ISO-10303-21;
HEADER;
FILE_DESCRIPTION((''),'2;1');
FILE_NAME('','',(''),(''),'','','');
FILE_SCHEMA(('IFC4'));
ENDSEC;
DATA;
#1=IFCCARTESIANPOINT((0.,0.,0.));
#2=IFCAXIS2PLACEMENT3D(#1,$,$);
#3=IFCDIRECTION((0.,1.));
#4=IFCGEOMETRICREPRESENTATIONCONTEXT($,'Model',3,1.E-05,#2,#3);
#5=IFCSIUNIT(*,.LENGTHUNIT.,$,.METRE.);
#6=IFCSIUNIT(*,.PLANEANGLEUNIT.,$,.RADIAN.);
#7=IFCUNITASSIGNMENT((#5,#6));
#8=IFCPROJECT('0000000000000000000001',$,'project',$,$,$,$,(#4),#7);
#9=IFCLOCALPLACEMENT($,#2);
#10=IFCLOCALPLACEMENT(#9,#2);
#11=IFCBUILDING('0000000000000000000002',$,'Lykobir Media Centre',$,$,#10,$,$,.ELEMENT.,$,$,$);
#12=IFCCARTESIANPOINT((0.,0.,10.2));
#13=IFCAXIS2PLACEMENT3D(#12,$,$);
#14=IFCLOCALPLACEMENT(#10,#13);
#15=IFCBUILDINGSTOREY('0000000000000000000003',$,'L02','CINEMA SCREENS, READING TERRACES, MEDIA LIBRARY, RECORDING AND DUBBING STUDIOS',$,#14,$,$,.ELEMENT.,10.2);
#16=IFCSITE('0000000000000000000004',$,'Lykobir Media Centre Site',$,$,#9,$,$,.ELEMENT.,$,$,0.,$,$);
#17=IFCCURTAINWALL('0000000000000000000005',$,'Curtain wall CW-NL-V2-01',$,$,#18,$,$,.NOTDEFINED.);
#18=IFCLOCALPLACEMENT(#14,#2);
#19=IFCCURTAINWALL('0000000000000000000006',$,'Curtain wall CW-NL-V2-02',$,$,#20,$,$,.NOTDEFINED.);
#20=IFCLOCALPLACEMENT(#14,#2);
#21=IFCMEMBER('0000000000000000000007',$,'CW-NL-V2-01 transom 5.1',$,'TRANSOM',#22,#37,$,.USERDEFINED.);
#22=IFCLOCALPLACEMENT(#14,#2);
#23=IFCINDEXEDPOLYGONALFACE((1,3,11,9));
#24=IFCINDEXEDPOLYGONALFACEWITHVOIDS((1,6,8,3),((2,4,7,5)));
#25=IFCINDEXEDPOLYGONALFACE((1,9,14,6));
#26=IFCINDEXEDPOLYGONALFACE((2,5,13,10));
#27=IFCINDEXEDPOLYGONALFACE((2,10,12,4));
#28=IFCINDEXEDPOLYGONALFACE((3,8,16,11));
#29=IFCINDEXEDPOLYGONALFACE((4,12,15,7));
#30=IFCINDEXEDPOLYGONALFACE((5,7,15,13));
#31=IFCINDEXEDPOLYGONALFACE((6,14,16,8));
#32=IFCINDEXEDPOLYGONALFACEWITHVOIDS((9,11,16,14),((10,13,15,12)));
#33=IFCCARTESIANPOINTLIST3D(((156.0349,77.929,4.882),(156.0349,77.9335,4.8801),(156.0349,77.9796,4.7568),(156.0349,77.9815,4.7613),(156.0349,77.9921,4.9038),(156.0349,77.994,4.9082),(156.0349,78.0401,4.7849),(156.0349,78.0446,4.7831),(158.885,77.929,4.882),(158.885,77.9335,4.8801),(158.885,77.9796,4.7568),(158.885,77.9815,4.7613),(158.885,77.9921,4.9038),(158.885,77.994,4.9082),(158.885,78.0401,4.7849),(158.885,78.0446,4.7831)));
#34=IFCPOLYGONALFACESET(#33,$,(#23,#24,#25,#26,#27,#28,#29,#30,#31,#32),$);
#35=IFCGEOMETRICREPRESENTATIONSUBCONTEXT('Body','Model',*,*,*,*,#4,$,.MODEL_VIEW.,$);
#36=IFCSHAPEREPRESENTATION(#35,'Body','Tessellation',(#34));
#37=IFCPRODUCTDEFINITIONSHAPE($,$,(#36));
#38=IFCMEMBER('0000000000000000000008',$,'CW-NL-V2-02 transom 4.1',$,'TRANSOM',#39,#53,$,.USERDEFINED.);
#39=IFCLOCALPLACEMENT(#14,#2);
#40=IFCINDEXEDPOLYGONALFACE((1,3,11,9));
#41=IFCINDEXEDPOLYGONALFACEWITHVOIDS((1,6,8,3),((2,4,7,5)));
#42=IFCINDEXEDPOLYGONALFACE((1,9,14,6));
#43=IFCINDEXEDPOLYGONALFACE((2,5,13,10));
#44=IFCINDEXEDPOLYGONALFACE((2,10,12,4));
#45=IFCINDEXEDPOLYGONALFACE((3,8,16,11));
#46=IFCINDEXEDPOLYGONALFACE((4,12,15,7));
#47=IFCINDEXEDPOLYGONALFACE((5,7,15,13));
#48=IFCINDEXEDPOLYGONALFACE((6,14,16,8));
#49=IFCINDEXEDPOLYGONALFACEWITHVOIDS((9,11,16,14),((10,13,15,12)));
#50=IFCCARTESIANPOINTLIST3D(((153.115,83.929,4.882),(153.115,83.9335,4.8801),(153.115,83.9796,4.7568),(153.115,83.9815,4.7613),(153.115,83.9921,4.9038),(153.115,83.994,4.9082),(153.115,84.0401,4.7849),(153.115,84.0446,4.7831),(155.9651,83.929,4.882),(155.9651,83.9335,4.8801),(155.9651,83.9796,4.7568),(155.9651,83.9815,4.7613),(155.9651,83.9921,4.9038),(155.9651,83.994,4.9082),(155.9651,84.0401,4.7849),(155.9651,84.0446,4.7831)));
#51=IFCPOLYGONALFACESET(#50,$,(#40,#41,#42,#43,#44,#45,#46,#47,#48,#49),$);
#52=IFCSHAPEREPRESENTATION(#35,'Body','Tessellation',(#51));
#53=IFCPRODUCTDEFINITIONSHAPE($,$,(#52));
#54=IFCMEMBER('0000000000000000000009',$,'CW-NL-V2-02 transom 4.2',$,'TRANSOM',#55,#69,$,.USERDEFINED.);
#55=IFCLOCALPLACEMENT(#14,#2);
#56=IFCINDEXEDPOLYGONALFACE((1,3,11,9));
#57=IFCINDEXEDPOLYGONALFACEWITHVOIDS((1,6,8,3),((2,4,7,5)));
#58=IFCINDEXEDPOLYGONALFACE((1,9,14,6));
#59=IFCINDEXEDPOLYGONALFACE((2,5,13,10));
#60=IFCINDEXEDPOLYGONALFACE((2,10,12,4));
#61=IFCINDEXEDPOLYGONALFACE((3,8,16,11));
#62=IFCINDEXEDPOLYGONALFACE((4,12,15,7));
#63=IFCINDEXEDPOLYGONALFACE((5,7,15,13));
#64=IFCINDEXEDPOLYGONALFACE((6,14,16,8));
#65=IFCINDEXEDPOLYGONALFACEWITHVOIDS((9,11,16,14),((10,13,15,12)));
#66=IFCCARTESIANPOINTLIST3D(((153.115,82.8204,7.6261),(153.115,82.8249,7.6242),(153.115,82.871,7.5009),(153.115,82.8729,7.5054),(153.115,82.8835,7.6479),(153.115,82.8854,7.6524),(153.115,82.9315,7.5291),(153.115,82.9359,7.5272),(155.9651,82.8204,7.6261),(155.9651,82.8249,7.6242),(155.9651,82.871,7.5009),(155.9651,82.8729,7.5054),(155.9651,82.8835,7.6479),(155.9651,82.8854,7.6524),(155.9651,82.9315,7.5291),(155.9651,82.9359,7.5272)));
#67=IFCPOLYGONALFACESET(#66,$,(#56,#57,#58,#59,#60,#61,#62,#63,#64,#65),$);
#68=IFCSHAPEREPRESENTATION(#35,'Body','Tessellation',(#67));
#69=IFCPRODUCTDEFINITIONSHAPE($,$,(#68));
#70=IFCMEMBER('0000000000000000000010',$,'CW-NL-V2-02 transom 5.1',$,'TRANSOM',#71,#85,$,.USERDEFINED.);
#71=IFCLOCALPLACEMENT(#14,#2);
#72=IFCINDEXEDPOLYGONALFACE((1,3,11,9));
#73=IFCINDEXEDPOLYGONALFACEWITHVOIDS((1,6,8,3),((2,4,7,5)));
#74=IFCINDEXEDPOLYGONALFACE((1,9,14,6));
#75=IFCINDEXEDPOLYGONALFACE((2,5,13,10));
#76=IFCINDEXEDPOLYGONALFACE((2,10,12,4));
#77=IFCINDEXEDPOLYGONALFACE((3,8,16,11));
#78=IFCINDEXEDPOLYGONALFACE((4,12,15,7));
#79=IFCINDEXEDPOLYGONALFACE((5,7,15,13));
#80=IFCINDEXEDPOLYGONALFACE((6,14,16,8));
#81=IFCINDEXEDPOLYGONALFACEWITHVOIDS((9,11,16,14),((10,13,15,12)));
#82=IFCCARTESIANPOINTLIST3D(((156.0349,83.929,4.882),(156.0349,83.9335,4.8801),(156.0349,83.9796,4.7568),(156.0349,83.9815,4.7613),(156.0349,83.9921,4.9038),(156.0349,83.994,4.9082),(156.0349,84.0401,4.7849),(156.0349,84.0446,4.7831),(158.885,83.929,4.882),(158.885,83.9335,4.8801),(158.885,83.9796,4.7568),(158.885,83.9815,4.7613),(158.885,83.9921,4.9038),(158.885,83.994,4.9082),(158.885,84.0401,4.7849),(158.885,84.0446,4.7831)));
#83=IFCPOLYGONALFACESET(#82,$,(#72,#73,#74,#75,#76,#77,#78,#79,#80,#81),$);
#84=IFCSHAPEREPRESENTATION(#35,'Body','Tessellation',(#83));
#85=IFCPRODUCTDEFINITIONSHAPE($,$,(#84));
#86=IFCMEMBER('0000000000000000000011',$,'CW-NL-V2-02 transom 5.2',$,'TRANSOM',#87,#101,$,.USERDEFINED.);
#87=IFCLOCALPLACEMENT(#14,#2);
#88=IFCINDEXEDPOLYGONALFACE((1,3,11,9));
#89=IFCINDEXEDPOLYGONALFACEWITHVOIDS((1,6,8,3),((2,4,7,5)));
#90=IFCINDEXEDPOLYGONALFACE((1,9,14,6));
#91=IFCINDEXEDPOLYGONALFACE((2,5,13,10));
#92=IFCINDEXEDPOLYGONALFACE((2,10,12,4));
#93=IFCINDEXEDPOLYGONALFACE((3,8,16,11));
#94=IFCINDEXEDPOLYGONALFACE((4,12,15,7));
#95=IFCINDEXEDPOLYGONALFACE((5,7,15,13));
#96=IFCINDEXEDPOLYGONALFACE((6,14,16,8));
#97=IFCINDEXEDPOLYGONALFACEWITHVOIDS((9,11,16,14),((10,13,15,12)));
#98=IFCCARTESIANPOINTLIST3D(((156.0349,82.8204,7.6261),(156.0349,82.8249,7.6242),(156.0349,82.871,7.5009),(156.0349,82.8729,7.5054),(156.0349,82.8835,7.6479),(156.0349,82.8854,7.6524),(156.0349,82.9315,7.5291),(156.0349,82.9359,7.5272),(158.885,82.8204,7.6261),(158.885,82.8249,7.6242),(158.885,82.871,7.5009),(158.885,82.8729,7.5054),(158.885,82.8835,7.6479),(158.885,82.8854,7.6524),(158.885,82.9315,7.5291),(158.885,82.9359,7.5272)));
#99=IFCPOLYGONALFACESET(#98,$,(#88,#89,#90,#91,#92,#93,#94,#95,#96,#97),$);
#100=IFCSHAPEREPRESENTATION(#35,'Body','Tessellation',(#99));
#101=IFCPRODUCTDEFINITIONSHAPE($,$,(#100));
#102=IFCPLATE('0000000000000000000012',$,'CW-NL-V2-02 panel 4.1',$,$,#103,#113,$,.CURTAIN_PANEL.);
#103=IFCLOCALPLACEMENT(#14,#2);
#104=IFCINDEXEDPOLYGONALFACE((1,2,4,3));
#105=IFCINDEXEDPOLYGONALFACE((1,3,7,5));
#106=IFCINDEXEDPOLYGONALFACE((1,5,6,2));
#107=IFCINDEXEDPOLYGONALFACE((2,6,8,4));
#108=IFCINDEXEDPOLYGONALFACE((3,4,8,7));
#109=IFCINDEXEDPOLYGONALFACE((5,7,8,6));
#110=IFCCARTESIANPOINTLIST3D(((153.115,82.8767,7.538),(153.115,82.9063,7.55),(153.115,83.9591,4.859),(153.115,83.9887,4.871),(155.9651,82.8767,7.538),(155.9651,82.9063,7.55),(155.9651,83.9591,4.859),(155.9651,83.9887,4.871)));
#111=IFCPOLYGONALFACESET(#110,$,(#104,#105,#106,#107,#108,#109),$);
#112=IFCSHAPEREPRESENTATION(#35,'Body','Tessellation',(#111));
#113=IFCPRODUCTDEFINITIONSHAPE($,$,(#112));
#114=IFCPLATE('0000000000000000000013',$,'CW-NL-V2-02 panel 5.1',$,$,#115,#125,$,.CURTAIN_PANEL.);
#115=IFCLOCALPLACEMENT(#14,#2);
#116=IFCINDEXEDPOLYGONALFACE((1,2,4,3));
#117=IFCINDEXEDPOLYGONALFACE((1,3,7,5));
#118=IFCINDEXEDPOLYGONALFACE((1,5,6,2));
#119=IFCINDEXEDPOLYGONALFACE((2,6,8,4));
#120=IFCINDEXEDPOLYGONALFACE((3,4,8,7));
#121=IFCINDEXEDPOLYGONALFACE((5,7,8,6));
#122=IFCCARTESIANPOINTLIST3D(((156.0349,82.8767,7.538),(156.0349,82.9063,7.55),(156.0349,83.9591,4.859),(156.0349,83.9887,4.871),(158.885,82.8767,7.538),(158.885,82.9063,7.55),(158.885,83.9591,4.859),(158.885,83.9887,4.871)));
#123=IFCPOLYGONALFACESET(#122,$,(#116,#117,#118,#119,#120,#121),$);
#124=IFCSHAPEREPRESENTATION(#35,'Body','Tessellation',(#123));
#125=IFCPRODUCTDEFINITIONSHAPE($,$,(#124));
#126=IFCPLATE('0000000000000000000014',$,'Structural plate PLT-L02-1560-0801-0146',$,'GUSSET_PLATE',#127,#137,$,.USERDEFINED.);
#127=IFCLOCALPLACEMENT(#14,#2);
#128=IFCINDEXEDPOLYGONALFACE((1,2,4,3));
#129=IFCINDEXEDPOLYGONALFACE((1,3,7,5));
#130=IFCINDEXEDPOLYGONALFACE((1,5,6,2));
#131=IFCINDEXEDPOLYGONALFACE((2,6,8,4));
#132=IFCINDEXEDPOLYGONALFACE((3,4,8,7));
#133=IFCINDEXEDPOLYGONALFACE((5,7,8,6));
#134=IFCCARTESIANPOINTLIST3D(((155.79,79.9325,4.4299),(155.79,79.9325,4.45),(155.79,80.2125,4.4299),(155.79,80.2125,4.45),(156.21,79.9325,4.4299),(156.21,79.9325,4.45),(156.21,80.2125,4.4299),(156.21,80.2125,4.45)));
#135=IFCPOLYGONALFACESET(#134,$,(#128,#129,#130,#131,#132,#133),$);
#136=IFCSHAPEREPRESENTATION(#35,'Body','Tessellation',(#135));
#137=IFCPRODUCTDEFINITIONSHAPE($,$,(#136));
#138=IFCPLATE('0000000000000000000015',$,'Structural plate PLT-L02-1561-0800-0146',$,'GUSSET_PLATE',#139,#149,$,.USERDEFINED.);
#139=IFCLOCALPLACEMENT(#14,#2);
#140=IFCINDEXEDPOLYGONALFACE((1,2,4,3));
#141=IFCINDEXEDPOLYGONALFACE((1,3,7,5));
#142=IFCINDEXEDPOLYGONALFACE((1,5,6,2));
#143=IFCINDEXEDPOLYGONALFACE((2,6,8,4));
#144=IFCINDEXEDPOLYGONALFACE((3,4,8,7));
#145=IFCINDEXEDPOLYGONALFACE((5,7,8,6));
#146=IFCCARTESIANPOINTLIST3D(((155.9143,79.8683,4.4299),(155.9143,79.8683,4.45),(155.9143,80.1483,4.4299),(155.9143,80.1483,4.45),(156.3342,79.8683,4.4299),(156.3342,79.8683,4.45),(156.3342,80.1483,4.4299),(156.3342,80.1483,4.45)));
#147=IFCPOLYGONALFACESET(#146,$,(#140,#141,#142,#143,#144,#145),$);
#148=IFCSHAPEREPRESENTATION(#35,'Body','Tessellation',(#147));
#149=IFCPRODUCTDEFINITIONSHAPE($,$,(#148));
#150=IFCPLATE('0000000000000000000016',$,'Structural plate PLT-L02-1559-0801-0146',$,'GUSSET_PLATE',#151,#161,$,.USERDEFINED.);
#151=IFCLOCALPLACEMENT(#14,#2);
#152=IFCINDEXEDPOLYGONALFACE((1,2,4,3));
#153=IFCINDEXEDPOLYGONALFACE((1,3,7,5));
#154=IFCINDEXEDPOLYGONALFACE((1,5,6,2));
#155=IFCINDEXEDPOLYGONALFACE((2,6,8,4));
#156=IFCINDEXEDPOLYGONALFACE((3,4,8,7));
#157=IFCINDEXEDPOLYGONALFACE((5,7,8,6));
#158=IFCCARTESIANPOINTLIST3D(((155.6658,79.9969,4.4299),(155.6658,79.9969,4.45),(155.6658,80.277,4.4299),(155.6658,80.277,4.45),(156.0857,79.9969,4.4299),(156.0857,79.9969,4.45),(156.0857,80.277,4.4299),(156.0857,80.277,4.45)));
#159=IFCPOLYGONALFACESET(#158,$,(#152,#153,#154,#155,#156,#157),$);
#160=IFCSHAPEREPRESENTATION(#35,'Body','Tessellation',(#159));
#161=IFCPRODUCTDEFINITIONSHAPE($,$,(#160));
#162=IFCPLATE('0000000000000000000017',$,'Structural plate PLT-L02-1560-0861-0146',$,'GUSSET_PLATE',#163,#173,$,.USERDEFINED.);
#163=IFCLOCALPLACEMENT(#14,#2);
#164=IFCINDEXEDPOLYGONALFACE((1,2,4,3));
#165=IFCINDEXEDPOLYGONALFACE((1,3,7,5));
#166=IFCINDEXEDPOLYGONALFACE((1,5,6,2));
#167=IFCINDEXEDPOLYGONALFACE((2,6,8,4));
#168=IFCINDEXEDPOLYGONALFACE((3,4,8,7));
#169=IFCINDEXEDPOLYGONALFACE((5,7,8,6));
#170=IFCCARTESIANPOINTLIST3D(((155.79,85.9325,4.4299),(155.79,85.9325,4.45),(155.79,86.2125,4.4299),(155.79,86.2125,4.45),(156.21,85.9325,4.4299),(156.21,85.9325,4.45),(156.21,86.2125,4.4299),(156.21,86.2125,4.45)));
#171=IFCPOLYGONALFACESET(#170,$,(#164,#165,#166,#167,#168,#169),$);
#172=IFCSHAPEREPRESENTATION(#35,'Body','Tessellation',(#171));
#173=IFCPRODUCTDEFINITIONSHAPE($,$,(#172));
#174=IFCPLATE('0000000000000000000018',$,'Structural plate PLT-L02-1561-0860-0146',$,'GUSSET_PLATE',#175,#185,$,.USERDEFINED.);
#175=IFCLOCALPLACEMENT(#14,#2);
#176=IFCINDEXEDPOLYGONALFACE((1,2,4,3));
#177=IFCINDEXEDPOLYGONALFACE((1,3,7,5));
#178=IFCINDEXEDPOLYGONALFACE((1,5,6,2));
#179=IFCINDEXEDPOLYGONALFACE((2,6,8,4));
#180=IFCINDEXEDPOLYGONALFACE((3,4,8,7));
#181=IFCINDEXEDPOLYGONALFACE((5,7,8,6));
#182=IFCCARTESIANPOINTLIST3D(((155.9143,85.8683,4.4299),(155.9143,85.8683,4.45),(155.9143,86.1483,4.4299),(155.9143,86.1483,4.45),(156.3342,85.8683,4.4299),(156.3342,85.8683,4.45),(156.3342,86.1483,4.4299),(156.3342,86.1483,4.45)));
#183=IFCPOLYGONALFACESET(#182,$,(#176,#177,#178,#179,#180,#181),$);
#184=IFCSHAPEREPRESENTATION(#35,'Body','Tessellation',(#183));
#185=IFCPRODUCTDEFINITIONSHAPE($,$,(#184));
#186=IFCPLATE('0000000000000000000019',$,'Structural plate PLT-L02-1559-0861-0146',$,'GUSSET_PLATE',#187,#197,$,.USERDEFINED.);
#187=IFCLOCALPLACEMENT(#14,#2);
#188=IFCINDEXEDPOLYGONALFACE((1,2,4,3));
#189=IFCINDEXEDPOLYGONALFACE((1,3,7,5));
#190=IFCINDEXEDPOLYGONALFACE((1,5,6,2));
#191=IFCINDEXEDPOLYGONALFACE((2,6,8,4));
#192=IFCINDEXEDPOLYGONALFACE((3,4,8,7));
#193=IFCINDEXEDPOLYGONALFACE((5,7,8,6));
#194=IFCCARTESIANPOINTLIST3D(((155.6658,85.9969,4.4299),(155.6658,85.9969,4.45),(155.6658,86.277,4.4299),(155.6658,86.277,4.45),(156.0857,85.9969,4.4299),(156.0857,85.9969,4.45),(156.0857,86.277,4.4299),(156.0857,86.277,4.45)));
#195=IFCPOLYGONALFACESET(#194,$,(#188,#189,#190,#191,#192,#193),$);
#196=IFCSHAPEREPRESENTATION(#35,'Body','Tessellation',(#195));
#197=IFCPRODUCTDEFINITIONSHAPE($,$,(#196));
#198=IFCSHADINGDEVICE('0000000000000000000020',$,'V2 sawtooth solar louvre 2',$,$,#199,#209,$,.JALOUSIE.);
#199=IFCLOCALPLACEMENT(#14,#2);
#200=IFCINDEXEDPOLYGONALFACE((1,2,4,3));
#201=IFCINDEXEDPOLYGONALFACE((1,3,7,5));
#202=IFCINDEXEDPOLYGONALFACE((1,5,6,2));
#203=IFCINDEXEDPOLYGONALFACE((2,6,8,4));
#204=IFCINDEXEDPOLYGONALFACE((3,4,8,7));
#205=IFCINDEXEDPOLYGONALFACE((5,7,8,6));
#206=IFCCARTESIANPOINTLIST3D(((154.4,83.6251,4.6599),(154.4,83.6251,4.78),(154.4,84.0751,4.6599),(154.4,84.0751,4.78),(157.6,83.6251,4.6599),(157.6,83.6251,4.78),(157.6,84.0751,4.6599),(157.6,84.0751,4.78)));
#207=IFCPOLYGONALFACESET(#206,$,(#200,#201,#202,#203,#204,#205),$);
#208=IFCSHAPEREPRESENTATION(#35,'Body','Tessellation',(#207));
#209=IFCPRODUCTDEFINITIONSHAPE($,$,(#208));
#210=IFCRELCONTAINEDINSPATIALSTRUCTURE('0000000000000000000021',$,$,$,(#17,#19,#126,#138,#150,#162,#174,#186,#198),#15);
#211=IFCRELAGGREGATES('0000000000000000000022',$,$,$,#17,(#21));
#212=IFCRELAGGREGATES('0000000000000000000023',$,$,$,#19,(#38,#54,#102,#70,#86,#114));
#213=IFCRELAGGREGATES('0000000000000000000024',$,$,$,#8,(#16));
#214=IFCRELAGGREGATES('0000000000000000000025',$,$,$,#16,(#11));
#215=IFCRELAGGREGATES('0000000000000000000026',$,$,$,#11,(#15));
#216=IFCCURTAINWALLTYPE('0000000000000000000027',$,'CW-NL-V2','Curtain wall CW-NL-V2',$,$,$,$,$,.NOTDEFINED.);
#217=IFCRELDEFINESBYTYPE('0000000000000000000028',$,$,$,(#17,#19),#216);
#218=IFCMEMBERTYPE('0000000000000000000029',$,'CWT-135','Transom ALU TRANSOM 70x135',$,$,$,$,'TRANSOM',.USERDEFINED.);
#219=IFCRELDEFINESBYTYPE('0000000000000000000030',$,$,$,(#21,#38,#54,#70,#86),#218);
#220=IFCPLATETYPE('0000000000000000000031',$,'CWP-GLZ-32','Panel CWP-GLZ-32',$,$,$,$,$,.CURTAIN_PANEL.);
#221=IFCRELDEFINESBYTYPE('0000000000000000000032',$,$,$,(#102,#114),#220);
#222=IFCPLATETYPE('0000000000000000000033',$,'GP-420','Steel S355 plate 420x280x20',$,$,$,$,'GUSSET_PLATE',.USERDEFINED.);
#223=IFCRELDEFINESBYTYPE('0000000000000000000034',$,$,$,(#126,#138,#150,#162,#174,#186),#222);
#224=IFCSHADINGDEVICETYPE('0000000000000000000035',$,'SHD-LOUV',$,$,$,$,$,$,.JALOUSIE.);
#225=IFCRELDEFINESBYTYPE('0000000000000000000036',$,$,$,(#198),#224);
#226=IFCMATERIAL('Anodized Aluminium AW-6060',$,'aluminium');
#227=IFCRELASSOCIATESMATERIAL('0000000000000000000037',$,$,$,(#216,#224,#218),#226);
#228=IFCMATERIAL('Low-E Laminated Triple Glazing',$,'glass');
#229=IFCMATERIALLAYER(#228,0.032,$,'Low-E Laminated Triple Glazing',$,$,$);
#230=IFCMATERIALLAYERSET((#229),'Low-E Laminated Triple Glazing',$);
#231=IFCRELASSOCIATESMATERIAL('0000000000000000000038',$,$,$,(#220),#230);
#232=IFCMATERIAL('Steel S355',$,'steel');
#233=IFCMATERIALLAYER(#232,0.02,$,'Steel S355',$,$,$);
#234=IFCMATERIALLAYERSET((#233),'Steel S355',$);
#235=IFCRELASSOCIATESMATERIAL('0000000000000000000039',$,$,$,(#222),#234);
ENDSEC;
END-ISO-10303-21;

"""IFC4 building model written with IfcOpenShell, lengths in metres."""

from ifc_helpers import new_model, si_unit, direction, frame, origin, origin_2d, place, context, subcontext, project, spatial, rectangle, hollow_rectangle, extrude, material, layer, layer_set, material_profile, profile_set, type_object, element, aggregate, save


model = new_model("IFC4")

# Units and contexts
model_context = context("Model", 3, precision=1e-05, world=origin(), true_north=direction((0.0, 1.0)))
body_context = subcontext(model_context, "Body", "Model", "MODEL_VIEW")
ifc_project = project(units=[si_unit("LENGTHUNIT", "METRE"), si_unit("PLANEANGLEUNIT", "RADIAN")], contexts=[model_context])

# Site, building, storey
site_placement = place(None, origin())
site = spatial("IfcSite", under=ifc_project, at=site_placement, Name="Lykobir Media Centre Site", CompositionType="ELEMENT", RefElevation=0.0)
building_placement = place(site_placement, origin())
building = spatial("IfcBuilding", under=site, at=building_placement, Name="Lykobir Media Centre", CompositionType="ELEMENT")
storey_placement = place(building_placement, frame((0.0, 0.0, 10.2)))
storey = spatial("IfcBuildingStorey", under=building, at=storey_placement, Name="L02", Description="CINEMA SCREENS, READING TERRACES, MEDIA LIBRARY, RECORDING AND DUBBING STUDIOS", CompositionType="ELEMENT", Elevation=10.2)

# Shared definitions
ifc_material_1 = material(Name="Steel S355", Category="steel")

# Curtain walls
ifc_material_2 = material(Name="Anodized Aluminium AW-6060", Category="aluminium")
curtain_wall_type = type_object("IfcCurtainWallType", Name="CW-NL-V2", Description="Curtain wall CW-NL-V2", PredefinedType="NOTDEFINED", material=ifc_material_2)
curtain_wall_1_placement = place(storey_placement, origin())
curtain_wall_1 = element("IfcCurtainWall", 1, at=curtain_wall_1_placement, inside=storey, type_object=curtain_wall_type, Name="Curtain wall CW-NL-V2-01", PredefinedType="NOTDEFINED")
curtain_wall_2_placement = place(storey_placement, origin())
curtain_wall_2 = element("IfcCurtainWall", 2, at=curtain_wall_2_placement, inside=storey, type_object=curtain_wall_type, Name="Curtain wall CW-NL-V2-02", PredefinedType="NOTDEFINED")

# Members
ifc_material_profile_1 = material_profile(ifc_material_2, hollow_rectangle(XDim=0.0701, YDim=0.135, WallThickness=0.0034, at=origin_2d()), Name="ALU TRANSOM 70x135")
ifc_profile_set_1 = profile_set([ifc_material_profile_1], Name="Anodized Aluminium AW-6060")
member_type_1 = type_object("IfcMemberType", Name="CWT-135", Description="Transom ALU TRANSOM 70x135", ElementType="TRANSOM", PredefinedType="USERDEFINED", material=ifc_profile_set_1)
member_1_placement = place(storey_placement, frame((156.0349, 77.9868, 4.8325), z_axis=(1.0, 0.0, 0.0), x_axis=(0.0, 0.927184, 0.374607)))
member_1 = element("IfcMember", 3, at=member_1_placement, type_object=member_type_1, Name="CW-NL-V2-01 transom 5.1", ObjectType="TRANSOM", PredefinedType="USERDEFINED", context=body_context, shape_type="SweptSolid", body=[
    extrude(hollow_rectangle(XDim=0.0701, YDim=0.135, WallThickness=0.0034, at=origin_2d()), origin(), (0.0, 0.0, 1.0), 2.8501),
])
aggregate(curtain_wall_1, [member_1])
member_2_placement = place(storey_placement, frame((153.115, 83.9868, 4.8325), z_axis=(1.0, 0.0, 0.0), x_axis=(0.0, 0.927184, 0.374607)))
member_2 = element("IfcMember", 4, at=member_2_placement, type_object=member_type_1, Name="CW-NL-V2-02 transom 4.1", ObjectType="TRANSOM", PredefinedType="USERDEFINED", context=body_context, shape_type="SweptSolid", body=[
    extrude(hollow_rectangle(XDim=0.0701, YDim=0.135, WallThickness=0.0034, at=origin_2d()), origin(), (0.0, 0.0, 1.0), 2.8501),
])
member_3_placement = place(storey_placement, frame((153.115, 82.8782, 7.5767), z_axis=(1.0, 0.0, 0.0), x_axis=(0.0, 0.927184, 0.374607)))
member_3 = element("IfcMember", 5, at=member_3_placement, type_object=member_type_1, Name="CW-NL-V2-02 transom 4.2", ObjectType="TRANSOM", PredefinedType="USERDEFINED", context=body_context, shape_type="SweptSolid", body=[
    extrude(hollow_rectangle(XDim=0.0701, YDim=0.135, WallThickness=0.0034, at=origin_2d()), origin(), (0.0, 0.0, 1.0), 2.8501),
])
member_4_placement = place(storey_placement, frame((156.0349, 83.9868, 4.8325), z_axis=(1.0, 0.0, 0.0), x_axis=(0.0, 0.927184, 0.374607)))
member_4 = element("IfcMember", 6, at=member_4_placement, type_object=member_type_1, Name="CW-NL-V2-02 transom 5.1", ObjectType="TRANSOM", PredefinedType="USERDEFINED", context=body_context, shape_type="SweptSolid", body=[
    extrude(hollow_rectangle(XDim=0.0701, YDim=0.135, WallThickness=0.0034, at=origin_2d()), origin(), (0.0, 0.0, 1.0), 2.8501),
])
member_5_placement = place(storey_placement, frame((156.0349, 82.8782, 7.5767), z_axis=(1.0, 0.0, 0.0), x_axis=(0.0, 0.927184, 0.374607)))
member_5 = element("IfcMember", 7, at=member_5_placement, type_object=member_type_1, Name="CW-NL-V2-02 transom 5.2", ObjectType="TRANSOM", PredefinedType="USERDEFINED", context=body_context, shape_type="SweptSolid", body=[
    extrude(hollow_rectangle(XDim=0.0701, YDim=0.135, WallThickness=0.0034, at=origin_2d()), origin(), (0.0, 0.0, 1.0), 2.8501),
])

# Plates
ifc_material_3 = material(Name="Low-E Laminated Triple Glazing", Category="glass")
ifc_layer_1 = layer(ifc_material_3, 0.032, Name="Low-E Laminated Triple Glazing")
ifc_layer_set_1 = layer_set([ifc_layer_1], Name="Low-E Laminated Triple Glazing")
plate_type_1 = type_object("IfcPlateType", Name="CWP-GLZ-32", Description="Panel CWP-GLZ-32", PredefinedType="CURTAIN_PANEL", material=ifc_layer_set_1)
plate_1_placement = place(storey_placement, frame((154.54, 83.9739, 4.865), z_axis=(0.0, -0.374607, 0.927184), x_axis=(1.0, 0.0, 0.0)))
plate_1 = element("IfcPlate", 8, at=plate_1_placement, type_object=plate_type_1, Name="CW-NL-V2-02 panel 4.1", PredefinedType="CURTAIN_PANEL", context=body_context, shape_type="SweptSolid", body=[
    extrude(rectangle(XDim=2.8501, YDim=0.032, at=origin_2d()), origin(), (0.0, 0.0, 1.0), 2.8894),
])
plate_2_placement = place(storey_placement, frame((157.46, 83.9739, 4.865), z_axis=(0.0, -0.374607, 0.927184), x_axis=(1.0, 0.0, 0.0)))
plate_2 = element("IfcPlate", 9, at=plate_2_placement, type_object=plate_type_1, Name="CW-NL-V2-02 panel 5.1", PredefinedType="CURTAIN_PANEL", context=body_context, shape_type="SweptSolid", body=[
    extrude(rectangle(XDim=2.8501, YDim=0.032, at=origin_2d()), origin(), (0.0, 0.0, 1.0), 2.8894),
])
aggregate(curtain_wall_2, [member_2, member_3, plate_1, member_4, member_5, plate_2])

# Plates
ifc_layer_2 = layer(ifc_material_1, 0.02, Name="Steel S355")
ifc_layer_set_2 = layer_set([ifc_layer_2], Name="Steel S355")
plate_type_2 = type_object("IfcPlateType", Name="GP-420", Description="Steel S355 plate 420x280x20", ElementType="GUSSET_PLATE", PredefinedType="USERDEFINED", material=ifc_layer_set_2)
for number, where, z_axis, x_axis, name in (
    (10, (156.0, 80.0725, 4.4299), (0.0, 0.0, 1.0), (1.0, 0.0, 0.0), "Structural plate PLT-L02-1560-0801-0146"),
    (11, (156.1243, 80.0083, 4.4299), (0.0, 0.0, 1.0), (1.0, 0.0, 0.0), "Structural plate PLT-L02-1561-0800-0146"),
    (12, (155.8757, 80.137, 4.4299), (0.0, 0.0, 1.0), (1.0, 0.0, 0.0), "Structural plate PLT-L02-1559-0801-0146"),
    (13, (156.0, 86.0725, 4.4299), (0.0, 0.0, 1.0), (1.0, 0.0, 0.0), "Structural plate PLT-L02-1560-0861-0146"),
    (14, (156.1243, 86.0083, 4.4299), (0.0, 0.0, 1.0), (1.0, 0.0, 0.0), "Structural plate PLT-L02-1561-0860-0146"),
    (15, (155.8757, 86.137, 4.4299), (0.0, 0.0, 1.0), (1.0, 0.0, 0.0), "Structural plate PLT-L02-1559-0861-0146"),
):
    element("IfcPlate", number, at=place(storey_placement, frame(where, z_axis=z_axis, x_axis=x_axis)), inside=storey, type_object=plate_type_2, Name=name, ObjectType="GUSSET_PLATE", PredefinedType="USERDEFINED", context=body_context, shape_type="SweptSolid", body=[
        extrude(rectangle(XDim=0.4199, YDim=0.28, at=origin_2d()), origin(), (0.0, 0.0, 1.0), 0.02),
    ])

# Shading device
shading_device_type = type_object("IfcShadingDeviceType", Name="SHD-LOUV", PredefinedType="JALOUSIE", material=ifc_material_2)
shading_device_placement = place(storey_placement, frame((156.0, 83.8501, 4.6599), z_axis=(0.0, 0.0, 1.0), x_axis=(1.0, 0.0, 0.0)))
element("IfcShadingDevice", 16, at=shading_device_placement, inside=storey, type_object=shading_device_type, Name="V2 sawtooth solar louvre 2", PredefinedType="JALOUSIE", context=body_context, shape_type="SweptSolid", body=[
    extrude(rectangle(XDim=3.2, YDim=0.45, at=origin_2d()), origin(), (0.0, 0.0, 1.0), 0.1201),
])

save(model, "model.ifc")
